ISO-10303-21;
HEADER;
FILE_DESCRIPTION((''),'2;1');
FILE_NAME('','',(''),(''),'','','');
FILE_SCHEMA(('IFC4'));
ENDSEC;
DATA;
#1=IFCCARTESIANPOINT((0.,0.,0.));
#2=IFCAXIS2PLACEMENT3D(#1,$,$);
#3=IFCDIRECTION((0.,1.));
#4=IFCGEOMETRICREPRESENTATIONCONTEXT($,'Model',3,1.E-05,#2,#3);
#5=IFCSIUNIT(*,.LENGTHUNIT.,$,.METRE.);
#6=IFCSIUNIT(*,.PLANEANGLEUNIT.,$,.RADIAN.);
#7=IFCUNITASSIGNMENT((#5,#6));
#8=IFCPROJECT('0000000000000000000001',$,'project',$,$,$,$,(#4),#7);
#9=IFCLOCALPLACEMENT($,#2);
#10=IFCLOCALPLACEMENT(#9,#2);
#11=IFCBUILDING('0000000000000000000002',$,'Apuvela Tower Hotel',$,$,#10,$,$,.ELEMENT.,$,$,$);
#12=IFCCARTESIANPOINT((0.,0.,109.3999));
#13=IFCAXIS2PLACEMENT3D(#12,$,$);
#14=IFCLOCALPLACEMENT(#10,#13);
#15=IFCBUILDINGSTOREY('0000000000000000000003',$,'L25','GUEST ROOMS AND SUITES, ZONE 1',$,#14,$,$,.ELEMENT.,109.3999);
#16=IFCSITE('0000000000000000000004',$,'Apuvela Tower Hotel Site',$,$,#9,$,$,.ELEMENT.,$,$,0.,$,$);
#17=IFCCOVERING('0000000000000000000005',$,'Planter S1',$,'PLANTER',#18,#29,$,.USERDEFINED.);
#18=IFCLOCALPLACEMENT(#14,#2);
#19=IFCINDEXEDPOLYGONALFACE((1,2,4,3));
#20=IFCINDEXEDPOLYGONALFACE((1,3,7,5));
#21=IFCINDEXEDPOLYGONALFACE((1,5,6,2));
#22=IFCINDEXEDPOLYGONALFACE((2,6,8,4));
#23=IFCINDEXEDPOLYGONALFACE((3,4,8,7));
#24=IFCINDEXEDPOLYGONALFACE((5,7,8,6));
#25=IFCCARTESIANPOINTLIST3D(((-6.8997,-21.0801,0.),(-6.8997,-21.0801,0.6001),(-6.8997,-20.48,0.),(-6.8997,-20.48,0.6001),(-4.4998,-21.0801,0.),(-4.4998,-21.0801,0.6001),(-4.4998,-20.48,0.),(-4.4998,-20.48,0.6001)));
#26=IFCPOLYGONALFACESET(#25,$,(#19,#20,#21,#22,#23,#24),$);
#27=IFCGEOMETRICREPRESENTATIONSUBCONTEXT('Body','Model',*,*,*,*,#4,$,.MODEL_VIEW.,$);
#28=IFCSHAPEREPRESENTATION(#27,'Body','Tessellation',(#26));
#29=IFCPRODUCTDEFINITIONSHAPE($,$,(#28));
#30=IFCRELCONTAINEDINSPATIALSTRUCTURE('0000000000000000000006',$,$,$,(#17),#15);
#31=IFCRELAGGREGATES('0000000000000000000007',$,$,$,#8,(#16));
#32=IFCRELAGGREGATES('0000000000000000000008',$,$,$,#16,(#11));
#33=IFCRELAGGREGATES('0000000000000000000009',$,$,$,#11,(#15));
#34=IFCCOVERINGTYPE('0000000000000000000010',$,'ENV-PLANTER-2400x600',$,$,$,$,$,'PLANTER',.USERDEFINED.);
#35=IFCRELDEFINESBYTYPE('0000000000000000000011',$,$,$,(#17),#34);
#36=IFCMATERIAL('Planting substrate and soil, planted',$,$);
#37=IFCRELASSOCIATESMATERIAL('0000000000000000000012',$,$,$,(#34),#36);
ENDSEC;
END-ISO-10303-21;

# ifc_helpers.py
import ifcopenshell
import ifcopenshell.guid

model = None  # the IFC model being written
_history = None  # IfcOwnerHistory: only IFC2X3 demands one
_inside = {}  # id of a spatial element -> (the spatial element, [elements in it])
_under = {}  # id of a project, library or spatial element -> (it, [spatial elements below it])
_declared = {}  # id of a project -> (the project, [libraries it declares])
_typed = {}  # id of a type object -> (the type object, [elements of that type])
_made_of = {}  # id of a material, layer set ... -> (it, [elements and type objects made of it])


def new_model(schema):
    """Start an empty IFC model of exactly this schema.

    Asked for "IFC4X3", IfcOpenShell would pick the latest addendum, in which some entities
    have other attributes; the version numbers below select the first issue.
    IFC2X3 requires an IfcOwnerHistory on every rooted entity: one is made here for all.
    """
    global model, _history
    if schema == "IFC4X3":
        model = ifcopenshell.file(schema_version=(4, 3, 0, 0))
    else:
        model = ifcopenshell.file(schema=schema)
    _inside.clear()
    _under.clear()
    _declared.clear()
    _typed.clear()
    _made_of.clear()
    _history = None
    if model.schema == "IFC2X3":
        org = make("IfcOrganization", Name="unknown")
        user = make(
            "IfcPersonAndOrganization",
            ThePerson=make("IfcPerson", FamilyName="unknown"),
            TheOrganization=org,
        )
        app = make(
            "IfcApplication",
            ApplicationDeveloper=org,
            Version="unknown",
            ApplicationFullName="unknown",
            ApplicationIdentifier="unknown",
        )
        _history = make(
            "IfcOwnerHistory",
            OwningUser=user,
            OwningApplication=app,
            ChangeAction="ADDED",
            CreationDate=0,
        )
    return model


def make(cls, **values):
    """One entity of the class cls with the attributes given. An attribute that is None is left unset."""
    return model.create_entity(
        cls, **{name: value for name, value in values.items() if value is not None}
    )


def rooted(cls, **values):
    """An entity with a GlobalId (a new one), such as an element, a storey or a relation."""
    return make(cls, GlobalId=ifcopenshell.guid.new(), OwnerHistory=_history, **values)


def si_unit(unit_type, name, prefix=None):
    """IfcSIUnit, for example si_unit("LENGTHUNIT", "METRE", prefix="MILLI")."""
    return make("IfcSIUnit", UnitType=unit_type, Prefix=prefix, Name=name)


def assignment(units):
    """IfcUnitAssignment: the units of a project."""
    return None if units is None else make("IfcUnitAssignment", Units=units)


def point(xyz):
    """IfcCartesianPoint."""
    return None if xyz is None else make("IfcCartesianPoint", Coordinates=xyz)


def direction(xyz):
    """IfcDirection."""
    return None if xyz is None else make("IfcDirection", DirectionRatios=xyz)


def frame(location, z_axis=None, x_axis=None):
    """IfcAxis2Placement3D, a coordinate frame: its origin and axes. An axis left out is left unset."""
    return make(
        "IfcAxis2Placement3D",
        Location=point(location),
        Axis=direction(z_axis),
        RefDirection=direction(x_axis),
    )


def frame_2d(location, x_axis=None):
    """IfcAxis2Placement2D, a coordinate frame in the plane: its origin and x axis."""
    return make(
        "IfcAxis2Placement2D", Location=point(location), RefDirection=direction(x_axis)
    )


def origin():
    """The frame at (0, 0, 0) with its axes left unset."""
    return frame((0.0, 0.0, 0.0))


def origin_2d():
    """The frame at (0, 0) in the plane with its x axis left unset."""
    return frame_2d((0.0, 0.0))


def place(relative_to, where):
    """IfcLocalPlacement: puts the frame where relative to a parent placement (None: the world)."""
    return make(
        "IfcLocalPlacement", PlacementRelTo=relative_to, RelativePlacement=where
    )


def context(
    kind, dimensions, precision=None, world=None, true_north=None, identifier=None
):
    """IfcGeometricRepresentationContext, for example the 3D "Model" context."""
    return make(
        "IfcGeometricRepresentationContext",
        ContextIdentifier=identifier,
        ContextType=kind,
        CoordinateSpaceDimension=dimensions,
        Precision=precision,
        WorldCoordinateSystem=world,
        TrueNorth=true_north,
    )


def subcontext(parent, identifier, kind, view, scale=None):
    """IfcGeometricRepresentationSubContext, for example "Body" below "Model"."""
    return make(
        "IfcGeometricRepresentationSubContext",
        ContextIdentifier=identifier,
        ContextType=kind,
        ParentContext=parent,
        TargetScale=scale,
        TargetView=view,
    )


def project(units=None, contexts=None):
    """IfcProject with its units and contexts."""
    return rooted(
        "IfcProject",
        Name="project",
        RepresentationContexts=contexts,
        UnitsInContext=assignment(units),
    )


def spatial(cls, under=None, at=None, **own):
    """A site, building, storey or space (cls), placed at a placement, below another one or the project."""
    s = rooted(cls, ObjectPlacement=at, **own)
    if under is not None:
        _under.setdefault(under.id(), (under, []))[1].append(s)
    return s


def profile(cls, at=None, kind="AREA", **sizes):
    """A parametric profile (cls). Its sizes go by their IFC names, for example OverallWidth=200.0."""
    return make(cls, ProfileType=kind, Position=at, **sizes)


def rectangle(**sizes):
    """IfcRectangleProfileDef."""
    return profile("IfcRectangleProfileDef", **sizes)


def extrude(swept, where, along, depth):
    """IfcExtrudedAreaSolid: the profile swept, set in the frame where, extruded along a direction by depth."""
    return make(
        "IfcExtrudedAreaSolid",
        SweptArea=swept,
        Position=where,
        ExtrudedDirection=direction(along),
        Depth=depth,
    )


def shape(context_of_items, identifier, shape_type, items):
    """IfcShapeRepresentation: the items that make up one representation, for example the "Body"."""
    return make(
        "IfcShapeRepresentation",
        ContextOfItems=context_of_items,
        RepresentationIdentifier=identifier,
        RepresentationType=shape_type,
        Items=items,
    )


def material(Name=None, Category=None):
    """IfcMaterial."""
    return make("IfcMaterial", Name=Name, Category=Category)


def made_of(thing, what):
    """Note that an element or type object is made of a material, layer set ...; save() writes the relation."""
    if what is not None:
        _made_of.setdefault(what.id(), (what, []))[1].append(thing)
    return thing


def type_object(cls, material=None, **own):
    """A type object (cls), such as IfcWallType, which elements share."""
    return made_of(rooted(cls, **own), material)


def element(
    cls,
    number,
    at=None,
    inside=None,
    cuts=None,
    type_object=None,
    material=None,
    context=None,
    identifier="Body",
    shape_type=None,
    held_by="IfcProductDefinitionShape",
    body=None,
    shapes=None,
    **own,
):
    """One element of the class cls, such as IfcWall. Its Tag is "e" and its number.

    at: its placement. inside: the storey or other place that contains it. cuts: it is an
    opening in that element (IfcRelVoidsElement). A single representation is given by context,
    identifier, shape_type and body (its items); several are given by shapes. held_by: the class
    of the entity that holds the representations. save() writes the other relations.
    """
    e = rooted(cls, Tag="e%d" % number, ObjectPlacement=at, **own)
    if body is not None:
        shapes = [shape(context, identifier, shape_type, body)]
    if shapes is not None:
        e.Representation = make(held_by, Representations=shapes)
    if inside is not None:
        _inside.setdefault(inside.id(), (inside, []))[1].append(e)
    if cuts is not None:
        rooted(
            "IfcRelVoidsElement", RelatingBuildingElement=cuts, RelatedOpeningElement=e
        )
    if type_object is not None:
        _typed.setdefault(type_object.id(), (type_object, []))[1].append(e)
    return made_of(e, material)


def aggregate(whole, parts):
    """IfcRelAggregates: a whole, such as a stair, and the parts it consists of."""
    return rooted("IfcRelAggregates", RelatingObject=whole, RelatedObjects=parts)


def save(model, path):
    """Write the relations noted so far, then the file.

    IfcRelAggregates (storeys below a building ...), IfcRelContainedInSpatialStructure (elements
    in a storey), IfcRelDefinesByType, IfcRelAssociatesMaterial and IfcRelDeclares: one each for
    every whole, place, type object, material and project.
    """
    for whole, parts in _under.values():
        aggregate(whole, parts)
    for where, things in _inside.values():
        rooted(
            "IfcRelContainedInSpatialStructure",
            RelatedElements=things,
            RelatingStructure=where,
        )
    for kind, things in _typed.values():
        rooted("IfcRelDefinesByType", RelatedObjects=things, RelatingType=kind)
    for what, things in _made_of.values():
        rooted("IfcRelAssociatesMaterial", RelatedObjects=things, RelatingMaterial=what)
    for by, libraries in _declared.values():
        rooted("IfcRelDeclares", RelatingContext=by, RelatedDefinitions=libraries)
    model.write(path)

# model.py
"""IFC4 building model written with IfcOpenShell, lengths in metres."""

from ifc_helpers import new_model, si_unit, direction, frame, origin, origin_2d, place, context, subcontext, project, spatial, rectangle, extrude, material, type_object, element, save


model = new_model("IFC4")

# Units and contexts
model_context = context("Model", 3, precision=1e-05, world=origin(), true_north=direction((0.0, 1.0)))
body_context = subcontext(model_context, "Body", "Model", "MODEL_VIEW")
ifc_project = project(units=[si_unit("LENGTHUNIT", "METRE"), si_unit("PLANEANGLEUNIT", "RADIAN")], contexts=[model_context])

# Site, building, storey
site_placement = place(None, origin())
site = spatial("IfcSite", under=ifc_project, at=site_placement, Name="Apuvela Tower Hotel Site", CompositionType="ELEMENT", RefElevation=0.0)
building_placement = place(site_placement, origin())
building = spatial("IfcBuilding", under=site, at=building_placement, Name="Apuvela Tower Hotel", CompositionType="ELEMENT")
storey_placement = place(building_placement, frame((0.0, 0.0, 109.3999)))
storey = spatial("IfcBuildingStorey", under=building, at=storey_placement, Name="L25", Description="GUEST ROOMS AND SUITES, ZONE 1", CompositionType="ELEMENT", Elevation=109.3999)

# Covering
ifc_material_1 = material(Name="Planting substrate and soil, planted")
covering_type = type_object("IfcCoveringType", Name="ENV-PLANTER-2400x600", ElementType="PLANTER", PredefinedType="USERDEFINED", material=ifc_material_1)
covering_placement = place(storey_placement, frame((-5.6997, -20.78, 0.0), z_axis=(0.0, 0.0, 1.0), x_axis=(1.0, 0.0, 0.0)))
element("IfcCovering", 1, at=covering_placement, inside=storey, type_object=covering_type, Name="Planter S1", ObjectType="PLANTER", PredefinedType="USERDEFINED", context=body_context, shape_type="SweptSolid", body=[
    extrude(rectangle(XDim=2.3999, YDim=0.6001, at=origin_2d()), origin(), (0.0, 0.0, 1.0), 0.6001),
])

save(model, "model.ifc")
